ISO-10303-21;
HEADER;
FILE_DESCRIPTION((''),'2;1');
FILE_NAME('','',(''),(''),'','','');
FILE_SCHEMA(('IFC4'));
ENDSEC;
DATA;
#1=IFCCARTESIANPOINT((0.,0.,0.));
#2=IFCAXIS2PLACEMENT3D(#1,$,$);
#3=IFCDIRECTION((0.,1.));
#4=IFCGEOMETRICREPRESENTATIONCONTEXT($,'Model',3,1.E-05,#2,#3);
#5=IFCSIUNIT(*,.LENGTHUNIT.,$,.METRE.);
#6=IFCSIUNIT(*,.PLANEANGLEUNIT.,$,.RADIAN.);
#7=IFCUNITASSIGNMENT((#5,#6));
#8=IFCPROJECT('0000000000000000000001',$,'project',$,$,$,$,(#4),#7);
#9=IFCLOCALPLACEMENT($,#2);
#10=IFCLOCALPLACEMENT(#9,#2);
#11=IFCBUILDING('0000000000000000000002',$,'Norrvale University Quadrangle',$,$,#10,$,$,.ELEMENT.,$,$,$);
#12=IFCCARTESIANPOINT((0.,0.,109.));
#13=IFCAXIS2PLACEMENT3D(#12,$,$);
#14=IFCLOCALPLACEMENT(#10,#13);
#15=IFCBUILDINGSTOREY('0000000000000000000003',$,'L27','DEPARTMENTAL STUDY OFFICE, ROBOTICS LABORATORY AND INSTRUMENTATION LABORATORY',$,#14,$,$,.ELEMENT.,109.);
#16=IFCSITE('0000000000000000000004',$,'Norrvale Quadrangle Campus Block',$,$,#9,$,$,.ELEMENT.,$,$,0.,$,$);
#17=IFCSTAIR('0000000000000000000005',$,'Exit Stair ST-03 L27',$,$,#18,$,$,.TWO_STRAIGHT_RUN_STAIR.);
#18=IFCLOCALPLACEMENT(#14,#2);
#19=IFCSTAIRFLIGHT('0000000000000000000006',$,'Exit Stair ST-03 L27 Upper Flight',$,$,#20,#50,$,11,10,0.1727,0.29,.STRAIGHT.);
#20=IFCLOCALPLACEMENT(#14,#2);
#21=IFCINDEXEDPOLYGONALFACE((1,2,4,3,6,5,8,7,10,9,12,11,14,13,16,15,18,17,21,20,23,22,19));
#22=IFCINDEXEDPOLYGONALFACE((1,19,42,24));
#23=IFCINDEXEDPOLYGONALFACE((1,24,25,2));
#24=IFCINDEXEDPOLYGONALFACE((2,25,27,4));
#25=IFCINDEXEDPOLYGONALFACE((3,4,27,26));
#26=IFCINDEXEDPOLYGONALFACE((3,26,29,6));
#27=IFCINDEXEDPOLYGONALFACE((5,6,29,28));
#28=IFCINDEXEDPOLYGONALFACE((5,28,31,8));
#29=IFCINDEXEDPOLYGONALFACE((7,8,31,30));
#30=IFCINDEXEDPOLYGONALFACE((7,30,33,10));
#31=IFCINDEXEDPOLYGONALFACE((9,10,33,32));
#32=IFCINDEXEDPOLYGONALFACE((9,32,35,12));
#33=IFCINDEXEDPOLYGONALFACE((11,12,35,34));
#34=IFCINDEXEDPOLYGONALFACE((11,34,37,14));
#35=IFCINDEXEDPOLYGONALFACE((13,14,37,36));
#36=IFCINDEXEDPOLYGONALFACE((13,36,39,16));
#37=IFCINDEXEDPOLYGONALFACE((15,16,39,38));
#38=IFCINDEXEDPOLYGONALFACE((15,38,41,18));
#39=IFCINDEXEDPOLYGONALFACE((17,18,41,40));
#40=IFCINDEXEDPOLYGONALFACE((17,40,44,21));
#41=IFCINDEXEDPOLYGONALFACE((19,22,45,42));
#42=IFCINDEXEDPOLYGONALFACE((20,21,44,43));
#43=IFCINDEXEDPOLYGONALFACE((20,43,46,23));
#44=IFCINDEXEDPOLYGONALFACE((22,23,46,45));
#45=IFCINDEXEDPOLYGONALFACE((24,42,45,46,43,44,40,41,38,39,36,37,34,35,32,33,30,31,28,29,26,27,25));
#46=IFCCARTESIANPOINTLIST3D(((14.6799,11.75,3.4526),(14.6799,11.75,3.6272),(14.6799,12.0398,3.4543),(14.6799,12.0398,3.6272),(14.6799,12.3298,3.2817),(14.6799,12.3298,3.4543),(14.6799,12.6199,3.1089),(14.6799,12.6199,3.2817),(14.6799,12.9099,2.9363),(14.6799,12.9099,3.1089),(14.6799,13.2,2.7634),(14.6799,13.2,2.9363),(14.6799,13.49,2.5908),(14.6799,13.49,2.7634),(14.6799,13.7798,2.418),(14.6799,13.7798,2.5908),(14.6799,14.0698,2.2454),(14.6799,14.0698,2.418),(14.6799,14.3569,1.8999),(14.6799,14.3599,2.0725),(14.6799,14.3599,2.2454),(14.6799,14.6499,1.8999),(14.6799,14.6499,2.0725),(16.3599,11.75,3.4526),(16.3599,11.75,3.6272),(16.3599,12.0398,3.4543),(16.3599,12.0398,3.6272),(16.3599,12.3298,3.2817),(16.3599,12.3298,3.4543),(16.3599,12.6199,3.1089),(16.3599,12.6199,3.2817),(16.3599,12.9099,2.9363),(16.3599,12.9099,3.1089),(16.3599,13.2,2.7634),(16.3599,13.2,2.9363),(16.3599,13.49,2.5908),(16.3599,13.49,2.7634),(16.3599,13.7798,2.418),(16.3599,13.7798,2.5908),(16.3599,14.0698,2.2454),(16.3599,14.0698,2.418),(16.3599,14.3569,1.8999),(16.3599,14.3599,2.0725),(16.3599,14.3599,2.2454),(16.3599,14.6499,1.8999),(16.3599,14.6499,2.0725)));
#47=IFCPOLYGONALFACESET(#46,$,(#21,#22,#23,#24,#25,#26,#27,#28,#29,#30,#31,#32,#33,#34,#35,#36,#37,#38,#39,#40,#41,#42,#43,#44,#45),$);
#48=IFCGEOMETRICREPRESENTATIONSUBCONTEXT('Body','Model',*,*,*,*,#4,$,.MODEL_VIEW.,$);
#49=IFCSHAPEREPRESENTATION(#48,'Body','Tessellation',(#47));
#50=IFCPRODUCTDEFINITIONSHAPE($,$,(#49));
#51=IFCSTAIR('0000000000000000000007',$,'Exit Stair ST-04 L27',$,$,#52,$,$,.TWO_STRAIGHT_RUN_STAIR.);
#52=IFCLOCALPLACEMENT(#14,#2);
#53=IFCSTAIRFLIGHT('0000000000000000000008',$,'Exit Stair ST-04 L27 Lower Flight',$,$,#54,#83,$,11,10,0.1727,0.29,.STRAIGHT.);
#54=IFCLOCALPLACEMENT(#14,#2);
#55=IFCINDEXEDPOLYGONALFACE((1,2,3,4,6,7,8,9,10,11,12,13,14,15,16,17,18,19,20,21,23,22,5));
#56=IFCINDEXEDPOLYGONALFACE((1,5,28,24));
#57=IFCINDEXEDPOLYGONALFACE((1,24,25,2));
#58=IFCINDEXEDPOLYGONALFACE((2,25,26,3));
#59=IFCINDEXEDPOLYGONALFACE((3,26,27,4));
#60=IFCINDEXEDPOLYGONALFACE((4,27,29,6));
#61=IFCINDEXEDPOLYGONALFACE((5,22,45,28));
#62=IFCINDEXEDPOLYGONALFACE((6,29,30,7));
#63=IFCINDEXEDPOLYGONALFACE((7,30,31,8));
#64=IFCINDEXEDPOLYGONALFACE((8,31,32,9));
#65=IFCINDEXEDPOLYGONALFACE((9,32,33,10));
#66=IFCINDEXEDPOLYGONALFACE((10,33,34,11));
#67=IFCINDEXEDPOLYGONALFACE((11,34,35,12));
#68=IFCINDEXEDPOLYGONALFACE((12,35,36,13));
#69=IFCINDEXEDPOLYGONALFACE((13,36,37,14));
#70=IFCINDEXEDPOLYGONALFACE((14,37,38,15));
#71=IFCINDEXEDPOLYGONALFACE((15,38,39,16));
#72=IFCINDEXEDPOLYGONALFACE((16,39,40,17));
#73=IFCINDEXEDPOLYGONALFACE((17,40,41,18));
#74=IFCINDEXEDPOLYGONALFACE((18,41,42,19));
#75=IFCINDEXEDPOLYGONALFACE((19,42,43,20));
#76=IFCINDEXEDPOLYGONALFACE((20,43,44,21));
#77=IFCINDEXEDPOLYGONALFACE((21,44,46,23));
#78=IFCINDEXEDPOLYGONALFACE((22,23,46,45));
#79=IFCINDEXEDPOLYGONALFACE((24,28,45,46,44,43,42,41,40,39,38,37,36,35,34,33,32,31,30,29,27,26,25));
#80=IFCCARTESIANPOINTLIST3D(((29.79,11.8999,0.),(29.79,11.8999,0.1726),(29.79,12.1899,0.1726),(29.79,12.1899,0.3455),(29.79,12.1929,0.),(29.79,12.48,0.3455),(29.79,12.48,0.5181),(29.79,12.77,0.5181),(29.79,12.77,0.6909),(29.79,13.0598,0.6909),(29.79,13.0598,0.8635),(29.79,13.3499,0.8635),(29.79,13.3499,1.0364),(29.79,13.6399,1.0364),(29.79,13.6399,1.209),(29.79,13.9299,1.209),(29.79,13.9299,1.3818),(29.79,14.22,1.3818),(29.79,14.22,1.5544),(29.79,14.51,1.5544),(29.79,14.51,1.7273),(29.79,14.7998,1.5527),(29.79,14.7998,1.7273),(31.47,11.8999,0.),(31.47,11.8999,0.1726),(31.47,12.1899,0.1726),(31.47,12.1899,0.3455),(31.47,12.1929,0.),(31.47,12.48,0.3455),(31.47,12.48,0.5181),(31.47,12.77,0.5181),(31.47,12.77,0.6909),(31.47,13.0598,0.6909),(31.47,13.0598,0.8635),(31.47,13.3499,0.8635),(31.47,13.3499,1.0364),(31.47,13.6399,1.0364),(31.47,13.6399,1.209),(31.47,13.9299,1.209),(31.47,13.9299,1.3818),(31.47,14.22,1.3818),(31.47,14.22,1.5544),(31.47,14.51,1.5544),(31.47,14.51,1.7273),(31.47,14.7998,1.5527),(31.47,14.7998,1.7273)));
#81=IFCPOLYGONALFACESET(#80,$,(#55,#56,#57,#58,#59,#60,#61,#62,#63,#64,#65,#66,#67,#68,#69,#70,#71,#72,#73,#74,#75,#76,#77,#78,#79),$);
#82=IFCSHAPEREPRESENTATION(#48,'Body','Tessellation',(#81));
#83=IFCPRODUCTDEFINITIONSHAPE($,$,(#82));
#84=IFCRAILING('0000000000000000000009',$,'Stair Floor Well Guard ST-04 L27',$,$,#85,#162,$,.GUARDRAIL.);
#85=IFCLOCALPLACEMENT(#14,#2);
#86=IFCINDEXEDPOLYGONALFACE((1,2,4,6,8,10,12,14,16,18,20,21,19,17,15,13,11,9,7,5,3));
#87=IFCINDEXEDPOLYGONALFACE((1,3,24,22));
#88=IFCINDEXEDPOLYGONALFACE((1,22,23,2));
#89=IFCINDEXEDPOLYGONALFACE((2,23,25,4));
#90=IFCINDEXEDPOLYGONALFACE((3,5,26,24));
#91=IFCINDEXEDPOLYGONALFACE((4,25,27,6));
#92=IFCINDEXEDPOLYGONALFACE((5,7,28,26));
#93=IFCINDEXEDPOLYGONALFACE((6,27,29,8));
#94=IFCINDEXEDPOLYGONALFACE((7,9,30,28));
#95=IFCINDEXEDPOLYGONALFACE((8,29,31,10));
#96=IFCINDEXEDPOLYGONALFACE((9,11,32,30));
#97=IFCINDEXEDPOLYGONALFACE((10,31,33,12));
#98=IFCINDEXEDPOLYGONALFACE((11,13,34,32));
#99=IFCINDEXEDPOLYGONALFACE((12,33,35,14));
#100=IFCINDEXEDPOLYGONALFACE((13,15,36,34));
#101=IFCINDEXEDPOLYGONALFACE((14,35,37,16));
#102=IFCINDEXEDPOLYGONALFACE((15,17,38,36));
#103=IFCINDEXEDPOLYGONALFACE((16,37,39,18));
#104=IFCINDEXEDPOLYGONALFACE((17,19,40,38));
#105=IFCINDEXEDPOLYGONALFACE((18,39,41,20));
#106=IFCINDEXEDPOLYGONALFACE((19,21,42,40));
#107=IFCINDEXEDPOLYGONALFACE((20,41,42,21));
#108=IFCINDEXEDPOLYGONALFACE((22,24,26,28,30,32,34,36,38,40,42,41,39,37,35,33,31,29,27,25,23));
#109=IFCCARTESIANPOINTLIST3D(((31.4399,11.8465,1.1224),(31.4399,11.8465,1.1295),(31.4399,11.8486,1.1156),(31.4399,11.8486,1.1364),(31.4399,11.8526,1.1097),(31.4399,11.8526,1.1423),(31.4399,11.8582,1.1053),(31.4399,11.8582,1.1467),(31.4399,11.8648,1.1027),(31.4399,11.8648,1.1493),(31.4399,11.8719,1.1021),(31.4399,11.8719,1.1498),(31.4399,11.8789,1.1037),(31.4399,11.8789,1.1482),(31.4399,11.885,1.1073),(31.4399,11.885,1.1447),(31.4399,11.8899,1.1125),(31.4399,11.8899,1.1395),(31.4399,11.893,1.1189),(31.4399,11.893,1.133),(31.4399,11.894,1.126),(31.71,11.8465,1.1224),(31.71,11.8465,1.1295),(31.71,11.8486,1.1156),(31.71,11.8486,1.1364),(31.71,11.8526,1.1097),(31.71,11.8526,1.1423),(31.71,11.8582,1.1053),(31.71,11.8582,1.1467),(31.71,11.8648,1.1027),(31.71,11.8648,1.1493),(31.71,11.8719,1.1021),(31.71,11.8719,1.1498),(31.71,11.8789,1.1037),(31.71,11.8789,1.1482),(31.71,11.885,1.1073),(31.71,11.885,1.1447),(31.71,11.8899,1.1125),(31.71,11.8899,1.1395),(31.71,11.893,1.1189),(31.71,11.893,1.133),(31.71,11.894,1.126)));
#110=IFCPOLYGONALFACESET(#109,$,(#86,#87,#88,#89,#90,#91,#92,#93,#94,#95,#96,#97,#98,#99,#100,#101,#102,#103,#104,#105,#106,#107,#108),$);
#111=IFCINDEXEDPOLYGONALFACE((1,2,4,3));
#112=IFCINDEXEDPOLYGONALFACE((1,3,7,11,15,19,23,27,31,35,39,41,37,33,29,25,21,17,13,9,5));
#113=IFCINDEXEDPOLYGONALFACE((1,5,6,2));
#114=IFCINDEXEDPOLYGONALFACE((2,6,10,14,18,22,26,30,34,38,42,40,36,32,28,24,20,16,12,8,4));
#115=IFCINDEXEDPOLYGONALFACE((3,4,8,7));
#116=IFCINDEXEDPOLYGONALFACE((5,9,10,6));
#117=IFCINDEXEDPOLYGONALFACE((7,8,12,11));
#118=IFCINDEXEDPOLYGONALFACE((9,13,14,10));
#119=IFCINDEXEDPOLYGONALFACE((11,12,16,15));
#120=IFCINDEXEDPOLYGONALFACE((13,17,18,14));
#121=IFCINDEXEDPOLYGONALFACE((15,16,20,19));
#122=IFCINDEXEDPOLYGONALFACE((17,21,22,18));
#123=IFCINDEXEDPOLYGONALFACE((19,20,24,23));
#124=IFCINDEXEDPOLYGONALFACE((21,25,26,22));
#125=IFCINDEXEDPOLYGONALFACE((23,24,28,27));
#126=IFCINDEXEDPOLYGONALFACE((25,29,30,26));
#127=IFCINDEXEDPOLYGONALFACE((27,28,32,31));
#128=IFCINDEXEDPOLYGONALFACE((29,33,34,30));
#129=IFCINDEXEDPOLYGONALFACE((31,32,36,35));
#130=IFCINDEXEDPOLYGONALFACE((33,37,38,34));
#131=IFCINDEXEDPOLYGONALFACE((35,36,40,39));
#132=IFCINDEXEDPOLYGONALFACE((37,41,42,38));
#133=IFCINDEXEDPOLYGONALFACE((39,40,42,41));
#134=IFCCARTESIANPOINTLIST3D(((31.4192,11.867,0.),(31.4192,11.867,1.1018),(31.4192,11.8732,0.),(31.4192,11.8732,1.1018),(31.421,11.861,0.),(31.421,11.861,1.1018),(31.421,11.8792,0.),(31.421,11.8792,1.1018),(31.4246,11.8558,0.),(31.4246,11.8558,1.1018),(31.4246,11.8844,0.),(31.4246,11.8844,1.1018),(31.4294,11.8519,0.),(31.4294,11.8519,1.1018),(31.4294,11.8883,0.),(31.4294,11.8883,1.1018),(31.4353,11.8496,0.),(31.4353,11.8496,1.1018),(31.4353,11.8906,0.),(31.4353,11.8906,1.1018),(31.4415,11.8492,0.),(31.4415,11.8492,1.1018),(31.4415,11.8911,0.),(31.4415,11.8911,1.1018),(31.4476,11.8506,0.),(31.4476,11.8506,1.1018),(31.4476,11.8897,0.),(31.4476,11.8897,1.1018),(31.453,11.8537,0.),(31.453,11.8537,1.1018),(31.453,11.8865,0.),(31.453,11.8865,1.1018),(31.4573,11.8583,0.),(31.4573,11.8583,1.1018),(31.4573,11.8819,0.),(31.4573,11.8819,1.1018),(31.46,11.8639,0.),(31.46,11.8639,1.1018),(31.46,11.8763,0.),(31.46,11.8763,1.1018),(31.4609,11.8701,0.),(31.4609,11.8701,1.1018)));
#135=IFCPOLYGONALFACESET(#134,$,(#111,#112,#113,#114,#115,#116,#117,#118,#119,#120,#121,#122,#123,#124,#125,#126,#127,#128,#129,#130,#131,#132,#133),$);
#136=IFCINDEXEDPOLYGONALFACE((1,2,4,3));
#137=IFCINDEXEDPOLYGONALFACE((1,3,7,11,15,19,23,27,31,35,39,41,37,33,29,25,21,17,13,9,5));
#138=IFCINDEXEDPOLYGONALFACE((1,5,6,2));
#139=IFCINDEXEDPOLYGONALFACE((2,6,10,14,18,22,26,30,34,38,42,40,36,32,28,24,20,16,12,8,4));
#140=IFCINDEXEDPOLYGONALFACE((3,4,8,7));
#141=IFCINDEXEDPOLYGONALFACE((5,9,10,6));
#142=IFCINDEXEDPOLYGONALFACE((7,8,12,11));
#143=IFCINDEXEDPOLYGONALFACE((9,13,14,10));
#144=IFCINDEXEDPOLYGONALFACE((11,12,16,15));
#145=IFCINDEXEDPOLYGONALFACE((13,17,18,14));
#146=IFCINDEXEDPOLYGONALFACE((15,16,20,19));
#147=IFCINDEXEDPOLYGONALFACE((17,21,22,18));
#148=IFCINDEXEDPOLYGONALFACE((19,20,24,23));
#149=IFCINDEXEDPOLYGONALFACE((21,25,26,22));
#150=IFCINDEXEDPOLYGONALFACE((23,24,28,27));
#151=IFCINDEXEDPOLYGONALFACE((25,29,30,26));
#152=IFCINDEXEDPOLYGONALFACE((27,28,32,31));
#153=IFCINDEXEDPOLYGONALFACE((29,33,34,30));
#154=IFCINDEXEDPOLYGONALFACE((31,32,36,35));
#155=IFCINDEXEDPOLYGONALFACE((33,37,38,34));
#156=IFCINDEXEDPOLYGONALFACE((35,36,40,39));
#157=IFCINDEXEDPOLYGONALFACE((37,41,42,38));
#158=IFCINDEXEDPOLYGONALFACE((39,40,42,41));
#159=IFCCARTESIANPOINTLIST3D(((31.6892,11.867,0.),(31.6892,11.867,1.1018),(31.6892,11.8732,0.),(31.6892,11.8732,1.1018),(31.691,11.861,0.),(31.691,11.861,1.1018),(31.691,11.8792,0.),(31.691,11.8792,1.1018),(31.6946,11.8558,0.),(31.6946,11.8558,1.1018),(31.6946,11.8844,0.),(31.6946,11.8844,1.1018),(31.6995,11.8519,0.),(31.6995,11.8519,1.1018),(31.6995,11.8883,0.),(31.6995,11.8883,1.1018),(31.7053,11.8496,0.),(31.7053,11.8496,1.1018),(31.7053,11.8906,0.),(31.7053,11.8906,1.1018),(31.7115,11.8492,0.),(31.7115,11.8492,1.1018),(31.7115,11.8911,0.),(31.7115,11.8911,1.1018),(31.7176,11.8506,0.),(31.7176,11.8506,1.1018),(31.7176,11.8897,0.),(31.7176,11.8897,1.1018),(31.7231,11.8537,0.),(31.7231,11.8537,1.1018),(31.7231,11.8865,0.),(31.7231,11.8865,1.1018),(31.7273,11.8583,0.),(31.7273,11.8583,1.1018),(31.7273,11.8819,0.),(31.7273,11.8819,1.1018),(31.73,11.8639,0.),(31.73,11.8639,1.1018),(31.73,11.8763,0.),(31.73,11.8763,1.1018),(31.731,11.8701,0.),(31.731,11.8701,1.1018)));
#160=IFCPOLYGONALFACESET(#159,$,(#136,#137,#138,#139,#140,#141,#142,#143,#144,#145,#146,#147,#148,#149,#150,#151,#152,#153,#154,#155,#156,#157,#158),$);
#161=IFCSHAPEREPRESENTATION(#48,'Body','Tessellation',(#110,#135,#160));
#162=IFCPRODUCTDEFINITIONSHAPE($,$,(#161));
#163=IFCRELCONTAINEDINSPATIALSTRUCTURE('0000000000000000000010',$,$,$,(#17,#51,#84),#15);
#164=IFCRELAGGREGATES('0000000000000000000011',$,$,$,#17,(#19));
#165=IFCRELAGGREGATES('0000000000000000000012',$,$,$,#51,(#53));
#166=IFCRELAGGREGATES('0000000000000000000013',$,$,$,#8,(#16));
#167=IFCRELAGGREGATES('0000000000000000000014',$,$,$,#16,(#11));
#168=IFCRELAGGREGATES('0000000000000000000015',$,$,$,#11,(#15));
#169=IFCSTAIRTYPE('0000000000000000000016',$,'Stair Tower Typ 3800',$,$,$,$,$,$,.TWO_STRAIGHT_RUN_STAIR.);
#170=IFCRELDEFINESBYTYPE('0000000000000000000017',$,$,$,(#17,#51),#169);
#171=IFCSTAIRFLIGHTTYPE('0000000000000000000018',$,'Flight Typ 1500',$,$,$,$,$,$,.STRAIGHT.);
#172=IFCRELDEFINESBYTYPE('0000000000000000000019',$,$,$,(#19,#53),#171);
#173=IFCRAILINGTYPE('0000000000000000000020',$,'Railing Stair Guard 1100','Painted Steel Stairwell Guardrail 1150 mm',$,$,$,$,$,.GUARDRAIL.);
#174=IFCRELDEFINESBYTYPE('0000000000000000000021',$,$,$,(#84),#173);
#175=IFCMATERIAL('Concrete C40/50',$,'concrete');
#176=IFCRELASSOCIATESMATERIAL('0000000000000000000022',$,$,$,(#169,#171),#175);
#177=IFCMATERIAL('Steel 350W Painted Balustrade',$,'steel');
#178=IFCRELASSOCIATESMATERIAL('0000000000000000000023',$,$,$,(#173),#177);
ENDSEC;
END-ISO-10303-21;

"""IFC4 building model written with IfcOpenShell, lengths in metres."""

from ifc_helpers import new_model, si_unit, direction, frame, origin, origin_2d, place, context, subcontext, project, spatial, polyline, circle, outline, extrude, material, type_object, element, aggregate, save


model = new_model("IFC4")

# Units and contexts
model_context = context("Model", 3, precision=1e-05, world=origin(), true_north=direction((0.0, 1.0)))
body_context = subcontext(model_context, "Body", "Model", "MODEL_VIEW")
ifc_project = project(units=[si_unit("LENGTHUNIT", "METRE"), si_unit("PLANEANGLEUNIT", "RADIAN")], contexts=[model_context])

# Site, building, storey
site_placement = place(None, origin())
site = spatial("IfcSite", under=ifc_project, at=site_placement, Name="Norrvale Quadrangle Campus Block", CompositionType="ELEMENT", RefElevation=0.0)
building_placement = place(site_placement, origin())
building = spatial("IfcBuilding", under=site, at=building_placement, Name="Norrvale University Quadrangle", CompositionType="ELEMENT")
storey_placement = place(building_placement, frame((0.0, 0.0, 109.0)))
storey = spatial("IfcBuildingStorey", under=building, at=storey_placement, Name="L27", Description="DEPARTMENTAL STUDY OFFICE, ROBOTICS LABORATORY AND INSTRUMENTATION LABORATORY", CompositionType="ELEMENT", Elevation=109.0)

# Stairs, stair flights
ifc_material_1 = material(Name="Concrete C40/50", Category="concrete")
stair_type = type_object("IfcStairType", Name="Stair Tower Typ 3800", PredefinedType="TWO_STRAIGHT_RUN_STAIR", material=ifc_material_1)
stair_1_placement = place(storey_placement, origin())
stair_1 = element("IfcStair", 1, at=stair_1_placement, inside=storey, type_object=stair_type, Name="Exit Stair ST-03 L27", PredefinedType="TWO_STRAIGHT_RUN_STAIR")
stair_flight_type = type_object("IfcStairFlightType", Name="Flight Typ 1500", PredefinedType="STRAIGHT", material=ifc_material_1)
stair_flight_1_placement = place(storey_placement, frame((15.52, 14.6499, 1.8999), z_axis=(0.0, 0.0, 1.0), x_axis=(0.0, -1.0, 0.0)))
stair_flight_1 = element("IfcStairFlight", 2, at=stair_flight_1_placement, type_object=stair_flight_type, Name="Exit Stair ST-03 L27 Upper Flight", NumberOfRisers=11, NumberOfTreads=10, PredefinedType="STRAIGHT", RiserHeight=0.1727, TreadLength=0.29, context=body_context, shape_type="SweptSolid", body=[
    extrude(outline(polyline([(0.0, 0.0), (0.0, 0.1726), (0.29, 0.1726), (0.29, 0.3455), (0.5801, 0.3455), (0.5801, 0.5181), (0.8701, 0.5181), (0.8701, 0.6909), (1.1599, 0.6909), (1.1599, 0.8635), (1.45, 0.8635), (1.45, 1.0364), (1.74, 1.0364), (1.74, 1.209), (2.03, 1.209), (2.03, 1.3818), (2.3201, 1.3818), (2.3201, 1.5544), (2.6101, 1.5544), (2.6101, 1.7273), (2.8999, 1.7273), (2.8999, 1.8999), (2.8999, 1.5527), (0.293, 0.0), (0.0, 0.0)])), frame((0.0, 0.8398, 0.0), z_axis=(0.0, -1.0, 0.0), x_axis=(1.0, 0.0, 0.0)), (0.0, 0.0, 1.0), 1.6799),
])
aggregate(stair_1, [stair_flight_1])
stair_2_placement = place(storey_placement, origin())
stair_2 = element("IfcStair", 3, at=stair_2_placement, inside=storey, type_object=stair_type, Name="Exit Stair ST-04 L27", PredefinedType="TWO_STRAIGHT_RUN_STAIR")
stair_flight_2_placement = place(storey_placement, frame((30.6299, 11.8999, 0.0), z_axis=(0.0, 0.0, 1.0), x_axis=(0.0, 1.0, 0.0)))
stair_flight_2 = element("IfcStairFlight", 4, at=stair_flight_2_placement, type_object=stair_flight_type, Name="Exit Stair ST-04 L27 Lower Flight", NumberOfRisers=11, NumberOfTreads=10, PredefinedType="STRAIGHT", RiserHeight=0.1727, TreadLength=0.29, context=body_context, shape_type="SweptSolid", body=[
    extrude(outline(polyline([(0.0, 0.0), (0.0, 0.1726), (0.29, 0.1726), (0.29, 0.3455), (0.5801, 0.3455), (0.5801, 0.5181), (0.8701, 0.5181), (0.8701, 0.6909), (1.1599, 0.6909), (1.1599, 0.8635), (1.45, 0.8635), (1.45, 1.0364), (1.74, 1.0364), (1.74, 1.209), (2.03, 1.209), (2.03, 1.3818), (2.3201, 1.3818), (2.3201, 1.5544), (2.6101, 1.5544), (2.6101, 1.7273), (2.8999, 1.7273), (2.8999, 1.8999), (2.8999, 1.5527), (0.293, 0.0), (0.0, 0.0)])), frame((0.0, 0.8398, 0.0), z_axis=(0.0, -1.0, 0.0), x_axis=(1.0, 0.0, 0.0)), (0.0, 0.0, 1.0), 1.6799),
])
aggregate(stair_2, [stair_flight_2])

# Railing
ifc_material_2 = material(Name="Steel 350W Painted Balustrade", Category="steel")
railing_type_1 = type_object("IfcRailingType", Name="Railing Stair Guard 1100", Description="Painted Steel Stairwell Guardrail 1150 mm", PredefinedType="GUARDRAIL", material=ifc_material_2)
railing_1_placement = place(storey_placement, frame((31.4399, 11.8701, 0.0)))
element("IfcRailing", 5, at=railing_1_placement, inside=storey, type_object=railing_type_1, Name="Stair Floor Well Guard ST-04 L27", PredefinedType="GUARDRAIL", context=body_context, shape_type="SweptSolid", body=[
    extrude(circle(Radius=0.0239, at=origin_2d()), frame((0.0, 0.0, 1.126), z_axis=(1.0, 0.0, 0.0), x_axis=(0.0, 1.0, 0.0)), (0.0, 0.0, 1.0), 0.27),
    extrude(circle(Radius=0.021, at=origin_2d()), origin(), (0.0, 0.0, 1.0), 1.1018),
    extrude(circle(Radius=0.021, at=origin_2d()), frame((0.27, 0.0, 0.0)), (0.0, 0.0, 1.0), 1.1018),
])

save(model, "model.ifc")
